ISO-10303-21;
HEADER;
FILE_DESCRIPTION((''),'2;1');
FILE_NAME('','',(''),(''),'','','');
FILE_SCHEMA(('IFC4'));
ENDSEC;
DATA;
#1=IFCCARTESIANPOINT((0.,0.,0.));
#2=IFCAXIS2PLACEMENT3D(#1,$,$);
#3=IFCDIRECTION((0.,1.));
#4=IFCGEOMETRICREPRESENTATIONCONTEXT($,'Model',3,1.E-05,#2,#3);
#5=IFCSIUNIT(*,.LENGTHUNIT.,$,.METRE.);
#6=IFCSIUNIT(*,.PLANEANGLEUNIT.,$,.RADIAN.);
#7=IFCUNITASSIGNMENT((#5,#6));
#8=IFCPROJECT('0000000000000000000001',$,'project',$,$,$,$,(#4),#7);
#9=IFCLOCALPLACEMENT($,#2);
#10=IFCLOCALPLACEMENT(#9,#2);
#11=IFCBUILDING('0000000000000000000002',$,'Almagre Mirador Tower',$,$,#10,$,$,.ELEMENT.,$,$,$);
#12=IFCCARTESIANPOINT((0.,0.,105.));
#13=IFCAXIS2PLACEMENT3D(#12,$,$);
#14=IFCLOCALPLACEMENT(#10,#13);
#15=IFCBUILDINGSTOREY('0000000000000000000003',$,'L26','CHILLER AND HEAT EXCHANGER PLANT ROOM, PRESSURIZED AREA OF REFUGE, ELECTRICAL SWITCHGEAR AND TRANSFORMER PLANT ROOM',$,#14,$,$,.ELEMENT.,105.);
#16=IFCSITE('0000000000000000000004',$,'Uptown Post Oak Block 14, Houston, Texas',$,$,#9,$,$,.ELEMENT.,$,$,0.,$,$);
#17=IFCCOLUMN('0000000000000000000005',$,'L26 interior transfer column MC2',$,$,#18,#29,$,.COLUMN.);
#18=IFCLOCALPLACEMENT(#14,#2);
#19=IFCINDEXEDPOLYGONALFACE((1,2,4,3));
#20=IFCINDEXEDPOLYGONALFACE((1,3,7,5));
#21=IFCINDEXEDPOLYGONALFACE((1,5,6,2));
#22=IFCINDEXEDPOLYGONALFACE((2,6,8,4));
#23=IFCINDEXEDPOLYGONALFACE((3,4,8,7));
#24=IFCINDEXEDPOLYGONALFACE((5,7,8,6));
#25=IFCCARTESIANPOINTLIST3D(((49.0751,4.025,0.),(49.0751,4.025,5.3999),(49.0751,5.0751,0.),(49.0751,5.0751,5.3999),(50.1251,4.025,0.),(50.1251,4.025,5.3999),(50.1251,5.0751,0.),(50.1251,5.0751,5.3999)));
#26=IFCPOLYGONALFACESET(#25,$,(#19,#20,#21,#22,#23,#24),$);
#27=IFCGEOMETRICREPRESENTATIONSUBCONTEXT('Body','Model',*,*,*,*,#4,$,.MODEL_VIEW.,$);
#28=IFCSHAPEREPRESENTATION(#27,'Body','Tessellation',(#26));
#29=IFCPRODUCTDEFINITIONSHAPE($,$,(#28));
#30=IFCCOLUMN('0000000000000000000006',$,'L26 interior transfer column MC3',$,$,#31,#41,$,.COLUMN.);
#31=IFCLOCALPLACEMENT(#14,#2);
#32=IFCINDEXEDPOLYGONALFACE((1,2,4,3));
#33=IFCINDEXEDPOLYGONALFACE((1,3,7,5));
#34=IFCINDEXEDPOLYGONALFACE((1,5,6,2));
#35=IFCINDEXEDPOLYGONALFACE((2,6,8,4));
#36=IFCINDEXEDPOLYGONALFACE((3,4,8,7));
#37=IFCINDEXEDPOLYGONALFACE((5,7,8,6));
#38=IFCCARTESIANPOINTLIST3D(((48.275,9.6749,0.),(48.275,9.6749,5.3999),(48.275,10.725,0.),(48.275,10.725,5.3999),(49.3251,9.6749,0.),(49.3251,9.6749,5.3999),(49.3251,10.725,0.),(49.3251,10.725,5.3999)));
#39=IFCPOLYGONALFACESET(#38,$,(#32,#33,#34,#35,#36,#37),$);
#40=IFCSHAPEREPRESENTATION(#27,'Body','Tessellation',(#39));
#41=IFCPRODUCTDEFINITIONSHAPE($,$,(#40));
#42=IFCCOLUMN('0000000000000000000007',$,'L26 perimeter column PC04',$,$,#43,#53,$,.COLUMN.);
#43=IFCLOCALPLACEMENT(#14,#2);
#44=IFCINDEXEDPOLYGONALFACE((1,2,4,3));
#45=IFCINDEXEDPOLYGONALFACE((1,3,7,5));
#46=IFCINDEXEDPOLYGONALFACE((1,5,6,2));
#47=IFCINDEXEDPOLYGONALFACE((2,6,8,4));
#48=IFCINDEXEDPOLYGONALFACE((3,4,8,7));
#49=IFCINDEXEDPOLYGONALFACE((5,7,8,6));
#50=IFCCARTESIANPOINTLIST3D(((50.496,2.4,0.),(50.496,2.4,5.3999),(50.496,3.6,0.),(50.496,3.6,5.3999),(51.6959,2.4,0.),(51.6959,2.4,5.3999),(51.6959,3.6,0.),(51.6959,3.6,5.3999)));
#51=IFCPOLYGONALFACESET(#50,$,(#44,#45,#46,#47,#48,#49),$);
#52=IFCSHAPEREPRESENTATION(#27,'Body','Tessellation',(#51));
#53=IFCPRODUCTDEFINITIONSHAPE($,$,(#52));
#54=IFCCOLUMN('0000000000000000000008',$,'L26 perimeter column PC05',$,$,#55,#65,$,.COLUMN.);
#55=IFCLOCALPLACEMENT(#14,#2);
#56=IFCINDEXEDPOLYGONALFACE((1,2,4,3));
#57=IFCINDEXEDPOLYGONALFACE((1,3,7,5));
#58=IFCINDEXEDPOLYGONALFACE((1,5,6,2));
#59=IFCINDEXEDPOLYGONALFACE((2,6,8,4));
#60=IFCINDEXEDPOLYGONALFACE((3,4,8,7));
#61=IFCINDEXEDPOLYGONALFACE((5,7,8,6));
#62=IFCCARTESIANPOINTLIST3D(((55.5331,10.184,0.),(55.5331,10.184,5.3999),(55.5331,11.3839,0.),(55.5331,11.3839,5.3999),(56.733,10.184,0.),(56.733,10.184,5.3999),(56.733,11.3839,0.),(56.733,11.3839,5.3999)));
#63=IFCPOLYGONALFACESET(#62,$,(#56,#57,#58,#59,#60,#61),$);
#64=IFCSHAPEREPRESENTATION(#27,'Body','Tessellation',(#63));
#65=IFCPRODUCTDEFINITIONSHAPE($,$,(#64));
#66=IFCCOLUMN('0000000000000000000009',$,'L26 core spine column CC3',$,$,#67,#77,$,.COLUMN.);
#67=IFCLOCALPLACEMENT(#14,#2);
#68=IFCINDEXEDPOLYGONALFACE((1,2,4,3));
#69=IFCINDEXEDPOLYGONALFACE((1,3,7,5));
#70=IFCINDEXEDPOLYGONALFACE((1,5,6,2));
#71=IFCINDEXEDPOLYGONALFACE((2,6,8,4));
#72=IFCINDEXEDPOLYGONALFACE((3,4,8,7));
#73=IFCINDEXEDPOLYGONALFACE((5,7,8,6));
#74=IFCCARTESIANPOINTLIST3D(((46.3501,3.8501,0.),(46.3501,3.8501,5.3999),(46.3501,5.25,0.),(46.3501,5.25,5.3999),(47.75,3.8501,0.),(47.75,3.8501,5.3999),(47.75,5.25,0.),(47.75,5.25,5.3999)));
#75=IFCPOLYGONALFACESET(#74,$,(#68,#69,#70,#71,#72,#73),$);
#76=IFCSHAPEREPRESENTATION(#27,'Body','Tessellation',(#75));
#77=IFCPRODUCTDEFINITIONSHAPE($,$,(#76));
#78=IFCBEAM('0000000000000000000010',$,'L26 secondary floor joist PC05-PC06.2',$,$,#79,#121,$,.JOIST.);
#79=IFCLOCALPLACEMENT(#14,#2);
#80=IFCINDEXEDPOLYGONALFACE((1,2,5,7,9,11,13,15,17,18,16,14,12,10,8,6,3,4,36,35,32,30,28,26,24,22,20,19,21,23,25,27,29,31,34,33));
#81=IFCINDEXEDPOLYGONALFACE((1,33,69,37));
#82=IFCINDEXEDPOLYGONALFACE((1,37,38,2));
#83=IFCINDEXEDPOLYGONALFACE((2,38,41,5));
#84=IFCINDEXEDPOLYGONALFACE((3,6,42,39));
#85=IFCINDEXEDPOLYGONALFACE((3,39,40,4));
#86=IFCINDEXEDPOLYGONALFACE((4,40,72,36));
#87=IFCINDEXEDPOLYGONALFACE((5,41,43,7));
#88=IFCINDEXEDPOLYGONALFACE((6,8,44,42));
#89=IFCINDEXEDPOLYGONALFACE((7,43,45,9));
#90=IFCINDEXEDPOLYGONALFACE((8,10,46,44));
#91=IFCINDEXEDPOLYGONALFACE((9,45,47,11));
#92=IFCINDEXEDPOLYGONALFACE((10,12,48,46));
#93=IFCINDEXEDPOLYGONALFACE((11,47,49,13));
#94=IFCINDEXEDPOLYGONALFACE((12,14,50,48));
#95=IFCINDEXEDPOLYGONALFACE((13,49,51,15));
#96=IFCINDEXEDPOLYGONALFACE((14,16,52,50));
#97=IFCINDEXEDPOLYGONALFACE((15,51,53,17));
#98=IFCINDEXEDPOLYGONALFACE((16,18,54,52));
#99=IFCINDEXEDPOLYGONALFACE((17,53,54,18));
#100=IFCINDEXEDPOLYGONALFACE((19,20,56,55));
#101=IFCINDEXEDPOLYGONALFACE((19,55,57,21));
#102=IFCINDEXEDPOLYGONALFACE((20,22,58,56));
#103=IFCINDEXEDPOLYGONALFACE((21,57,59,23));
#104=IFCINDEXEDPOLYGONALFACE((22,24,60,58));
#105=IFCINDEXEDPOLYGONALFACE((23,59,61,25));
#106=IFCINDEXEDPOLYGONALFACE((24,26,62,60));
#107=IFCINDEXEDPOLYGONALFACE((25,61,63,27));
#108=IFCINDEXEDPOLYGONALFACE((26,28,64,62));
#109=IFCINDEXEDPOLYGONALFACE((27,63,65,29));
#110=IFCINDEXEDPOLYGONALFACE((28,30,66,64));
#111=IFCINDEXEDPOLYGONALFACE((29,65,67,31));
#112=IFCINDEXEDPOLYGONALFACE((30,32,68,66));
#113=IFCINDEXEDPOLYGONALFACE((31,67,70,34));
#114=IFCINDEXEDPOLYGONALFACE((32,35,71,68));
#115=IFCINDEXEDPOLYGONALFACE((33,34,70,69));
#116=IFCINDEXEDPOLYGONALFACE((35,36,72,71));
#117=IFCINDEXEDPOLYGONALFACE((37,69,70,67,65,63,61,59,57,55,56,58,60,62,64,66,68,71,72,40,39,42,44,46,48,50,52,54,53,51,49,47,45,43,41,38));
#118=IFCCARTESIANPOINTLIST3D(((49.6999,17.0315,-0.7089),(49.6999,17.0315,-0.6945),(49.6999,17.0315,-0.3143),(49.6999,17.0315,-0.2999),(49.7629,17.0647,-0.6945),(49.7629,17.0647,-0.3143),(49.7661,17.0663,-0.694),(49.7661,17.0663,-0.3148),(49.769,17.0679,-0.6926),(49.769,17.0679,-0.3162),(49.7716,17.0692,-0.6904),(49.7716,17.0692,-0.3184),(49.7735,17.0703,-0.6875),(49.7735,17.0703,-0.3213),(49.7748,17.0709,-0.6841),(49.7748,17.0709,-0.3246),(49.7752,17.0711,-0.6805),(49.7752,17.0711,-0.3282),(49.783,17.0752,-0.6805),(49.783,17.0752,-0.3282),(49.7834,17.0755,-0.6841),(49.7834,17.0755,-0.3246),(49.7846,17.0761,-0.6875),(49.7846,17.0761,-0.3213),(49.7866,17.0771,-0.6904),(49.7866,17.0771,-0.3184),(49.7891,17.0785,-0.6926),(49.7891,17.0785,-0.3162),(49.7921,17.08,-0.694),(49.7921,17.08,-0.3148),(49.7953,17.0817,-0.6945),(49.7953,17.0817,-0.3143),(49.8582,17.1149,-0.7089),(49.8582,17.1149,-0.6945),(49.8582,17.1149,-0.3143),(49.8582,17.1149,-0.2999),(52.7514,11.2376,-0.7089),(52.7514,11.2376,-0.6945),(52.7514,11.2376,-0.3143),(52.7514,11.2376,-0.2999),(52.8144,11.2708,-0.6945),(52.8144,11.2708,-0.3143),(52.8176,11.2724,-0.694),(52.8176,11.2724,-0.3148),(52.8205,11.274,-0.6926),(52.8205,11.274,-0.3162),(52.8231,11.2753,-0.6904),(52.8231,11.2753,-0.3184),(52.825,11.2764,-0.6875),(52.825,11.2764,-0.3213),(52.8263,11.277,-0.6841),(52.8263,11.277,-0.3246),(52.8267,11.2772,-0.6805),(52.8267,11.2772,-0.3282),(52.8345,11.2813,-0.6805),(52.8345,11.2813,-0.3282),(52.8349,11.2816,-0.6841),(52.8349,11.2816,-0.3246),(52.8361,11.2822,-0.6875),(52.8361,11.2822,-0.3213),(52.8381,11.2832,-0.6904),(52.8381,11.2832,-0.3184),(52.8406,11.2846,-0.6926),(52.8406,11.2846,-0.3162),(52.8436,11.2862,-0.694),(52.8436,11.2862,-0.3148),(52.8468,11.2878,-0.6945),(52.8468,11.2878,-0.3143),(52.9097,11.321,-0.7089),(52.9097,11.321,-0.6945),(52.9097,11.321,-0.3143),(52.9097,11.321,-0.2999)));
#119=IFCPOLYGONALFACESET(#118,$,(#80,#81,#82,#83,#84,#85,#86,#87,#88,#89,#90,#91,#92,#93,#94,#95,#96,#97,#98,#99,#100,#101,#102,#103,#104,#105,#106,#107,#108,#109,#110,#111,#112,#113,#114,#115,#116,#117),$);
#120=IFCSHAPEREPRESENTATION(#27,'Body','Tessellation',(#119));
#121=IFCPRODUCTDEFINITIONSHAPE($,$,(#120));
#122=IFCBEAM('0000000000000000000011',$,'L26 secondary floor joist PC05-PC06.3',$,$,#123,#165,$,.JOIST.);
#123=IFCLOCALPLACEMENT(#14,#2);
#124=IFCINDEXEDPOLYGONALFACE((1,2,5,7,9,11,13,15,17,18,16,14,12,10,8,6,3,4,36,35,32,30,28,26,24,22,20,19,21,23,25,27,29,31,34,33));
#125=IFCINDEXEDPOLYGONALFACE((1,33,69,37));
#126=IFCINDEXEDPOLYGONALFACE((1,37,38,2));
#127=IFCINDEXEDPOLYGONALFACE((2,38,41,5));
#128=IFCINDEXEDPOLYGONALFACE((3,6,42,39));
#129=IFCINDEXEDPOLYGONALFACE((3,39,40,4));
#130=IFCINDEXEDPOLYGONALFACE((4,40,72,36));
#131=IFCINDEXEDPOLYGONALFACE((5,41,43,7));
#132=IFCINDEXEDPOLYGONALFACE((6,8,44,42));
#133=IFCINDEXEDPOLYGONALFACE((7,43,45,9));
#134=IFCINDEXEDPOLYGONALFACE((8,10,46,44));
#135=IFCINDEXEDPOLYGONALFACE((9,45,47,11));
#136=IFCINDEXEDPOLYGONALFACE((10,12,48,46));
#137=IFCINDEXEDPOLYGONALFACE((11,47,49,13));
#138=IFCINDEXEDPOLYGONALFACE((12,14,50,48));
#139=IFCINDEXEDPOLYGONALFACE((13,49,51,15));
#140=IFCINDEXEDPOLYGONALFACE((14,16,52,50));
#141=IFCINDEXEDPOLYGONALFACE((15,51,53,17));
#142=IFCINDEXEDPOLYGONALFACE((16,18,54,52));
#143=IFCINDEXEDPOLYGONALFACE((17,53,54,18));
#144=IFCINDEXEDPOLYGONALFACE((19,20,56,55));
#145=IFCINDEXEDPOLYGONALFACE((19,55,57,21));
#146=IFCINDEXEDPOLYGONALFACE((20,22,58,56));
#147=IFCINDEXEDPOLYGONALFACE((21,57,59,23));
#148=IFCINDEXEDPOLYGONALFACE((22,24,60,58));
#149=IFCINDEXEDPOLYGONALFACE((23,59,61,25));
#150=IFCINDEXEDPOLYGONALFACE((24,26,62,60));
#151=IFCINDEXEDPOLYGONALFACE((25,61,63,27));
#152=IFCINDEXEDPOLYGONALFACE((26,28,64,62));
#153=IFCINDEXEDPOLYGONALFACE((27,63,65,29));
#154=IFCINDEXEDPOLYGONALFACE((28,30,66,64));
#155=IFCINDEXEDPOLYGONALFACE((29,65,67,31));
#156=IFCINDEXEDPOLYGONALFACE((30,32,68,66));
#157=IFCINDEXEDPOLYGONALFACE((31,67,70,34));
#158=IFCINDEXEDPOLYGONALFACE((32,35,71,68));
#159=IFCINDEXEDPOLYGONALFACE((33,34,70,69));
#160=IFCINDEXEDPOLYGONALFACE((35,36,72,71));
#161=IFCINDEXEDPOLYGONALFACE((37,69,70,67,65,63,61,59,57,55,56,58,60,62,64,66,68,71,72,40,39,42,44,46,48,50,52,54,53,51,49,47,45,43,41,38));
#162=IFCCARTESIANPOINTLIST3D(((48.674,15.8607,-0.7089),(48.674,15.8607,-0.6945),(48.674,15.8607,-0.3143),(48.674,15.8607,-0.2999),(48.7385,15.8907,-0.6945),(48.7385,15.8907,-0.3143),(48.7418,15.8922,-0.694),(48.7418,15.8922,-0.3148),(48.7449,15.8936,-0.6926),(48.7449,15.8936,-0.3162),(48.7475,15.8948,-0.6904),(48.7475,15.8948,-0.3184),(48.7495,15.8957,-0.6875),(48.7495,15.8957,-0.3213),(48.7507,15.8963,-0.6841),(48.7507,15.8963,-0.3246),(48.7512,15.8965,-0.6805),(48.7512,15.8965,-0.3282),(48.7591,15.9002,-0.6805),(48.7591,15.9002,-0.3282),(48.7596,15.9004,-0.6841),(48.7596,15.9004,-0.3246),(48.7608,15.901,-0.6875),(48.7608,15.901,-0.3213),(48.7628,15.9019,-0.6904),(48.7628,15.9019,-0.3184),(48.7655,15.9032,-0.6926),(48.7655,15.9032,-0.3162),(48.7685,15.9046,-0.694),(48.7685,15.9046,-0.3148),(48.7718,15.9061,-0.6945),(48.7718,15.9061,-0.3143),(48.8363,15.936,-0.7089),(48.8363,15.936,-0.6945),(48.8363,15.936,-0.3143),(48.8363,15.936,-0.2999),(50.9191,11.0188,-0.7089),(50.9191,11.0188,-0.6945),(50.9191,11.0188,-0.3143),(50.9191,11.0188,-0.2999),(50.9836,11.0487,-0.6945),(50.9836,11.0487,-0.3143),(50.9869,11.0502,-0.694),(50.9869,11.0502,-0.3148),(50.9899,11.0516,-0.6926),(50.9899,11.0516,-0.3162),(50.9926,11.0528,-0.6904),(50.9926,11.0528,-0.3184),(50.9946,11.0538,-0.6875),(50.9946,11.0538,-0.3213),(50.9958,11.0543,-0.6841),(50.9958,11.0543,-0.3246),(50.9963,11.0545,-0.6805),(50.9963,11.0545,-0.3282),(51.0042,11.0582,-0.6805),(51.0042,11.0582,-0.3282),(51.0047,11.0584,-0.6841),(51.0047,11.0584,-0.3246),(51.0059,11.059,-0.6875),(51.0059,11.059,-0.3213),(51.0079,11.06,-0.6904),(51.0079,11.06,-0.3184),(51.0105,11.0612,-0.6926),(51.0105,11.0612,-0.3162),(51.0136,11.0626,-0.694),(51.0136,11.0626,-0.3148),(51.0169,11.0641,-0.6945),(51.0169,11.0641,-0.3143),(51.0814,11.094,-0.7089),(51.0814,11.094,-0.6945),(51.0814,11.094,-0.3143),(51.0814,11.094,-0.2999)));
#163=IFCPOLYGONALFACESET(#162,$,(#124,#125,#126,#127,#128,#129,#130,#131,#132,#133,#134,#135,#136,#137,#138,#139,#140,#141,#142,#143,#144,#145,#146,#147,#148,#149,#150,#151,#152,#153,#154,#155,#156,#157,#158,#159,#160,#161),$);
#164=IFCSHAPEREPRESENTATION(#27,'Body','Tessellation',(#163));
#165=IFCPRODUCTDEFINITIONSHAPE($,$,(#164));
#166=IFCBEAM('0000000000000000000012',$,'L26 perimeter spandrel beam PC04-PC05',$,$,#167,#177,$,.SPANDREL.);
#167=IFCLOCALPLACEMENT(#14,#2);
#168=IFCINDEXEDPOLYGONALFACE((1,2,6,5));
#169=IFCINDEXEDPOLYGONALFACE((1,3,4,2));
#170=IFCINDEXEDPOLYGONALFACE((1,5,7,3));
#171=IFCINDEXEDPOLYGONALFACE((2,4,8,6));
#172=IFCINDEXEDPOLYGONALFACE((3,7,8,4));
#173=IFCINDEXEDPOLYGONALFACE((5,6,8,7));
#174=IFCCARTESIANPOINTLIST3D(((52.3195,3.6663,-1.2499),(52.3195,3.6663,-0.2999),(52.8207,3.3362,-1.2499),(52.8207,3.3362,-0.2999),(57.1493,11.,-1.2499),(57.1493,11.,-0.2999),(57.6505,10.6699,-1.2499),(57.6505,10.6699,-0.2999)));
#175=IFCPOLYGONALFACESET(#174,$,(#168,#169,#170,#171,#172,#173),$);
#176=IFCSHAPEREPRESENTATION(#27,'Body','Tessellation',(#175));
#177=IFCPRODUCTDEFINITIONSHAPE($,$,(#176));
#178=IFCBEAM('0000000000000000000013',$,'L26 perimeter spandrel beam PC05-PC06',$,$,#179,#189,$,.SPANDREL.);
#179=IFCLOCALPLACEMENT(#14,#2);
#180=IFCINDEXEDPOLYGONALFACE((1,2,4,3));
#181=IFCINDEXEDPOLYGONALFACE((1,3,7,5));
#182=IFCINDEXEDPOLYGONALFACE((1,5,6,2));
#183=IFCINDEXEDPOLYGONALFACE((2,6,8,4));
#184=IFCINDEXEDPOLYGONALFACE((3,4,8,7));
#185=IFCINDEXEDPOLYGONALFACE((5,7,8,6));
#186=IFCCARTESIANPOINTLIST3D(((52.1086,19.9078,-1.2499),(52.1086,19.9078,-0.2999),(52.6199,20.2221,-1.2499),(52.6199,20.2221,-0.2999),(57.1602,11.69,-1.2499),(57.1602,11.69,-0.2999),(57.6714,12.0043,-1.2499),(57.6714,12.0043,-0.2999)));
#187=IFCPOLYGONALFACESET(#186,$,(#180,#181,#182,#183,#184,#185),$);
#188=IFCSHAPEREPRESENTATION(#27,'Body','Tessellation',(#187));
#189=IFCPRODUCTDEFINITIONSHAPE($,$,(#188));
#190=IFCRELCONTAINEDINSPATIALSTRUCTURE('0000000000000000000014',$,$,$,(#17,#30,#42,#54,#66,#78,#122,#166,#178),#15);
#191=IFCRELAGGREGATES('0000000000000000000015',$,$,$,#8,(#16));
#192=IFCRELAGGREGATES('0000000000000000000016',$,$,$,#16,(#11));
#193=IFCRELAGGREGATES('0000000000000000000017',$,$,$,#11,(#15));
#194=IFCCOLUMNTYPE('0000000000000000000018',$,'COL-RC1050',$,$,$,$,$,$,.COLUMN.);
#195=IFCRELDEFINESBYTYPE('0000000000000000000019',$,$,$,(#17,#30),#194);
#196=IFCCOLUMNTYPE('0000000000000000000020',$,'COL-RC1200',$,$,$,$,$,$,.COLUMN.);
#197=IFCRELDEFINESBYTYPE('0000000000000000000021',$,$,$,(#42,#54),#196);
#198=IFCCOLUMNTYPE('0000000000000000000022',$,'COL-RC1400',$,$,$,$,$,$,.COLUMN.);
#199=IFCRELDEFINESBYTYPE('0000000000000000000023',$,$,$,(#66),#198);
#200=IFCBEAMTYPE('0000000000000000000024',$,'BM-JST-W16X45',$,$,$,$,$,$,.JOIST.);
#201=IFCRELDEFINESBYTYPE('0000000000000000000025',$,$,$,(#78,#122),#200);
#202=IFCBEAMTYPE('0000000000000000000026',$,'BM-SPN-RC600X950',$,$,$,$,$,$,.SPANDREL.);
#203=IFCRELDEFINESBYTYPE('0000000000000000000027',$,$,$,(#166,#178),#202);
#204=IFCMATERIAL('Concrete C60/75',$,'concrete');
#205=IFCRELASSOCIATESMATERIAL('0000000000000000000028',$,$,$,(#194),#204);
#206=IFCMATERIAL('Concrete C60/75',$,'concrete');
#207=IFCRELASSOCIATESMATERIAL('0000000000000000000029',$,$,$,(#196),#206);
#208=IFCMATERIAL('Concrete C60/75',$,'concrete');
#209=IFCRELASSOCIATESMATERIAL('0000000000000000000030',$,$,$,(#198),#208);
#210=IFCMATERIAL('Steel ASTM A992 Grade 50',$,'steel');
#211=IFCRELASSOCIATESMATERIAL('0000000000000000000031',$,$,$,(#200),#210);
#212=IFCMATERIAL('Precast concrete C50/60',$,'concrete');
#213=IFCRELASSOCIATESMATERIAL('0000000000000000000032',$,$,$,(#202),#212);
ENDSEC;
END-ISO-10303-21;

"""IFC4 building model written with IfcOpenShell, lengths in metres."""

from ifc_helpers import new_model, si_unit, direction, frame, origin, origin_2d, place, context, subcontext, project, spatial, rectangle, i_section, extrude, material, material_profile, profile_set, type_object, element, save


model = new_model("IFC4")

# Units and contexts
model_context = context("Model", 3, precision=1e-05, world=origin(), true_north=direction((0.0, 1.0)))
body_context = subcontext(model_context, "Body", "Model", "MODEL_VIEW")
ifc_project = project(units=[si_unit("LENGTHUNIT", "METRE"), si_unit("PLANEANGLEUNIT", "RADIAN")], contexts=[model_context])

# Site, building, storey
site_placement = place(None, origin())
site = spatial("IfcSite", under=ifc_project, at=site_placement, Name="Uptown Post Oak Block 14, Houston, Texas", CompositionType="ELEMENT", RefElevation=0.0)
building_placement = place(site_placement, origin())
building = spatial("IfcBuilding", under=site, at=building_placement, Name="Almagre Mirador Tower", CompositionType="ELEMENT")
storey_placement = place(building_placement, frame((0.0, 0.0, 105.0)))
storey = spatial("IfcBuildingStorey", under=building, at=storey_placement, Name="L26", Description="CHILLER AND HEAT EXCHANGER PLANT ROOM, PRESSURIZED AREA OF REFUGE, ELECTRICAL SWITCHGEAR AND TRANSFORMER PLANT ROOM", CompositionType="ELEMENT", Elevation=105.0)

# Columns
ifc_material_1 = material(Name="Concrete C60/75", Category="concrete")
ifc_material_profile_1 = material_profile(ifc_material_1, rectangle(XDim=1.05, YDim=1.05, at=origin_2d()), Name="RC1050X1050")
ifc_profile_set_1 = profile_set([ifc_material_profile_1], Name="Concrete C60/75")
column_type_1 = type_object("IfcColumnType", Name="COL-RC1050", PredefinedType="COLUMN", material=ifc_profile_set_1)
for number, where, z_axis, x_axis, name in (
    (1, (49.6001, 4.55, 0.0), (0.0, 0.0, 1.0), (1.0, 0.0, 0.0), "L26 interior transfer column MC2"),
    (2, (48.8, 10.2, 0.0), (0.0, 0.0, 1.0), (1.0, 0.0, 0.0), "L26 interior transfer column MC3"),
):
    element("IfcColumn", number, at=place(storey_placement, frame(where, z_axis=z_axis, x_axis=x_axis)), inside=storey, type_object=column_type_1, Name=name, PredefinedType="COLUMN", context=body_context, shape_type="SweptSolid", body=[
        extrude(rectangle(XDim=1.05, YDim=1.05, at=origin_2d()), origin(), (0.0, 0.0, 1.0), 5.3999),
    ])
ifc_material_2 = material(Name="Concrete C60/75", Category="concrete")
ifc_material_profile_2 = material_profile(ifc_material_2, rectangle(XDim=1.2, YDim=1.2, at=origin_2d()), Name="RC1200X1200")
ifc_profile_set_2 = profile_set([ifc_material_profile_2], Name="Concrete C60/75")
column_type_2 = type_object("IfcColumnType", Name="COL-RC1200", PredefinedType="COLUMN", material=ifc_profile_set_2)
for number, where, z_axis, x_axis, name in (
    (3, (51.0959, 3.0, 0.0), (0.0, 0.0, 1.0), (1.0, 0.0, 0.0), "L26 perimeter column PC04"),
    (4, (56.1331, 10.7839, 0.0), (0.0, 0.0, 1.0), (1.0, 0.0, 0.0), "L26 perimeter column PC05"),
):
    element("IfcColumn", number, at=place(storey_placement, frame(where, z_axis=z_axis, x_axis=x_axis)), inside=storey, type_object=column_type_2, Name=name, PredefinedType="COLUMN", context=body_context, shape_type="SweptSolid", body=[
        extrude(rectangle(XDim=1.2, YDim=1.2, at=origin_2d()), origin(), (0.0, 0.0, 1.0), 5.3999),
    ])
ifc_material_3 = material(Name="Concrete C60/75", Category="concrete")
ifc_material_profile_3 = material_profile(ifc_material_3, rectangle(XDim=1.3999, YDim=1.3999, at=origin_2d()), Name="RC1400X1400")
ifc_profile_set_3 = profile_set([ifc_material_profile_3], Name="Concrete C60/75")
column_type_3 = type_object("IfcColumnType", Name="COL-RC1400", PredefinedType="COLUMN", material=ifc_profile_set_3)
column_placement = place(storey_placement, frame((47.05, 4.55, 0.0), z_axis=(0.0, 0.0, 1.0), x_axis=(1.0, 0.0, 0.0)))
element("IfcColumn", 5, at=column_placement, inside=storey, type_object=column_type_3, Name="L26 core spine column CC3", PredefinedType="COLUMN", context=body_context, shape_type="SweptSolid", body=[
    extrude(rectangle(XDim=1.3999, YDim=1.3999, at=origin_2d()), origin(), (0.0, 0.0, 1.0), 5.3999),
])

# Beams
ifc_material_4 = material(Name="Steel ASTM A992 Grade 50", Category="steel")
ifc_material_profile_4 = material_profile(ifc_material_4, i_section(OverallWidth=0.179, OverallDepth=0.4089, WebThickness=0.0088, FlangeThickness=0.0144, FilletRadius=0.0139, at=origin_2d()), Name="W16X45")
ifc_profile_set_4 = profile_set([ifc_material_profile_4], Name="Steel ASTM A992 Grade 50")
beam_type_1 = type_object("IfcBeamType", Name="BM-JST-W16X45", PredefinedType="JOIST", material=ifc_profile_set_4)
beam_1_placement = place(storey_placement, frame((52.8306, 11.2793, -0.5044), z_axis=(-0.465994, 0.884788, 0.0), x_axis=(-0.884788, -0.465994, 0.0)))
element("IfcBeam", 6, at=beam_1_placement, inside=storey, type_object=beam_type_1, Name="L26 secondary floor joist PC05-PC06.2", PredefinedType="JOIST", context=body_context, shape_type="SweptSolid", body=[
    extrude(i_section(OverallWidth=0.179, OverallDepth=0.4089, WebThickness=0.0088, FlangeThickness=0.0144, FilletRadius=0.0139, at=origin_2d()), origin(), (0.0, 0.0, 1.0), 6.5483),
])
beam_2_placement = place(storey_placement, frame((51.0002, 11.0564, -0.5044), z_axis=(-0.420653, 0.907222, 0.0), x_axis=(-0.907222, -0.420653, 0.0)))
element("IfcBeam", 7, at=beam_2_placement, inside=storey, type_object=beam_type_1, Name="L26 secondary floor joist PC05-PC06.3", PredefinedType="JOIST", context=body_context, shape_type="SweptSolid", body=[
    extrude(i_section(OverallWidth=0.179, OverallDepth=0.4089, WebThickness=0.0088, FlangeThickness=0.0144, FilletRadius=0.0139, at=origin_2d()), origin(), (0.0, 0.0, 1.0), 5.3372),
])
ifc_material_5 = material(Name="Precast concrete C50/60", Category="concrete")
ifc_material_profile_5 = material_profile(ifc_material_5, rectangle(XDim=0.6001, YDim=0.95, at=origin_2d()), Name="RC600X950")
ifc_profile_set_5 = profile_set([ifc_material_profile_5], Name="Precast concrete C50/60")
beam_type_2 = type_object("IfcBeamType", Name="BM-SPN-RC600X950", PredefinedType="SPANDREL", material=ifc_profile_set_5)
beam_3_placement = place(storey_placement, frame((52.5701, 3.5012, -0.7749), z_axis=(0.550014, 0.835155, 0.0), x_axis=(-0.835155, 0.550014, 0.0)))
element("IfcBeam", 8, at=beam_3_placement, inside=storey, type_object=beam_type_2, Name="L26 perimeter spandrel beam PC04-PC05", PredefinedType="SPANDREL", context=body_context, shape_type="SweptSolid", body=[
    extrude(rectangle(XDim=0.6001, YDim=0.95, at=origin_2d()), origin(), (0.0, 0.0, 1.0), 8.7812),
])
beam_4_placement = place(storey_placement, frame((57.4158, 11.8472, -0.7749), z_axis=(-0.523678, 0.851916, 0.0), x_axis=(-0.851916, -0.523678, 0.0)))
element("IfcBeam", 9, at=beam_4_placement, inside=storey, type_object=beam_type_2, Name="L26 perimeter spandrel beam PC05-PC06", PredefinedType="SPANDREL", context=body_context, shape_type="SweptSolid", body=[
    extrude(rectangle(XDim=0.6001, YDim=0.95, at=origin_2d()), origin(), (0.0, 0.0, 1.0), 9.6462),
])

save(model, "model.ifc")
